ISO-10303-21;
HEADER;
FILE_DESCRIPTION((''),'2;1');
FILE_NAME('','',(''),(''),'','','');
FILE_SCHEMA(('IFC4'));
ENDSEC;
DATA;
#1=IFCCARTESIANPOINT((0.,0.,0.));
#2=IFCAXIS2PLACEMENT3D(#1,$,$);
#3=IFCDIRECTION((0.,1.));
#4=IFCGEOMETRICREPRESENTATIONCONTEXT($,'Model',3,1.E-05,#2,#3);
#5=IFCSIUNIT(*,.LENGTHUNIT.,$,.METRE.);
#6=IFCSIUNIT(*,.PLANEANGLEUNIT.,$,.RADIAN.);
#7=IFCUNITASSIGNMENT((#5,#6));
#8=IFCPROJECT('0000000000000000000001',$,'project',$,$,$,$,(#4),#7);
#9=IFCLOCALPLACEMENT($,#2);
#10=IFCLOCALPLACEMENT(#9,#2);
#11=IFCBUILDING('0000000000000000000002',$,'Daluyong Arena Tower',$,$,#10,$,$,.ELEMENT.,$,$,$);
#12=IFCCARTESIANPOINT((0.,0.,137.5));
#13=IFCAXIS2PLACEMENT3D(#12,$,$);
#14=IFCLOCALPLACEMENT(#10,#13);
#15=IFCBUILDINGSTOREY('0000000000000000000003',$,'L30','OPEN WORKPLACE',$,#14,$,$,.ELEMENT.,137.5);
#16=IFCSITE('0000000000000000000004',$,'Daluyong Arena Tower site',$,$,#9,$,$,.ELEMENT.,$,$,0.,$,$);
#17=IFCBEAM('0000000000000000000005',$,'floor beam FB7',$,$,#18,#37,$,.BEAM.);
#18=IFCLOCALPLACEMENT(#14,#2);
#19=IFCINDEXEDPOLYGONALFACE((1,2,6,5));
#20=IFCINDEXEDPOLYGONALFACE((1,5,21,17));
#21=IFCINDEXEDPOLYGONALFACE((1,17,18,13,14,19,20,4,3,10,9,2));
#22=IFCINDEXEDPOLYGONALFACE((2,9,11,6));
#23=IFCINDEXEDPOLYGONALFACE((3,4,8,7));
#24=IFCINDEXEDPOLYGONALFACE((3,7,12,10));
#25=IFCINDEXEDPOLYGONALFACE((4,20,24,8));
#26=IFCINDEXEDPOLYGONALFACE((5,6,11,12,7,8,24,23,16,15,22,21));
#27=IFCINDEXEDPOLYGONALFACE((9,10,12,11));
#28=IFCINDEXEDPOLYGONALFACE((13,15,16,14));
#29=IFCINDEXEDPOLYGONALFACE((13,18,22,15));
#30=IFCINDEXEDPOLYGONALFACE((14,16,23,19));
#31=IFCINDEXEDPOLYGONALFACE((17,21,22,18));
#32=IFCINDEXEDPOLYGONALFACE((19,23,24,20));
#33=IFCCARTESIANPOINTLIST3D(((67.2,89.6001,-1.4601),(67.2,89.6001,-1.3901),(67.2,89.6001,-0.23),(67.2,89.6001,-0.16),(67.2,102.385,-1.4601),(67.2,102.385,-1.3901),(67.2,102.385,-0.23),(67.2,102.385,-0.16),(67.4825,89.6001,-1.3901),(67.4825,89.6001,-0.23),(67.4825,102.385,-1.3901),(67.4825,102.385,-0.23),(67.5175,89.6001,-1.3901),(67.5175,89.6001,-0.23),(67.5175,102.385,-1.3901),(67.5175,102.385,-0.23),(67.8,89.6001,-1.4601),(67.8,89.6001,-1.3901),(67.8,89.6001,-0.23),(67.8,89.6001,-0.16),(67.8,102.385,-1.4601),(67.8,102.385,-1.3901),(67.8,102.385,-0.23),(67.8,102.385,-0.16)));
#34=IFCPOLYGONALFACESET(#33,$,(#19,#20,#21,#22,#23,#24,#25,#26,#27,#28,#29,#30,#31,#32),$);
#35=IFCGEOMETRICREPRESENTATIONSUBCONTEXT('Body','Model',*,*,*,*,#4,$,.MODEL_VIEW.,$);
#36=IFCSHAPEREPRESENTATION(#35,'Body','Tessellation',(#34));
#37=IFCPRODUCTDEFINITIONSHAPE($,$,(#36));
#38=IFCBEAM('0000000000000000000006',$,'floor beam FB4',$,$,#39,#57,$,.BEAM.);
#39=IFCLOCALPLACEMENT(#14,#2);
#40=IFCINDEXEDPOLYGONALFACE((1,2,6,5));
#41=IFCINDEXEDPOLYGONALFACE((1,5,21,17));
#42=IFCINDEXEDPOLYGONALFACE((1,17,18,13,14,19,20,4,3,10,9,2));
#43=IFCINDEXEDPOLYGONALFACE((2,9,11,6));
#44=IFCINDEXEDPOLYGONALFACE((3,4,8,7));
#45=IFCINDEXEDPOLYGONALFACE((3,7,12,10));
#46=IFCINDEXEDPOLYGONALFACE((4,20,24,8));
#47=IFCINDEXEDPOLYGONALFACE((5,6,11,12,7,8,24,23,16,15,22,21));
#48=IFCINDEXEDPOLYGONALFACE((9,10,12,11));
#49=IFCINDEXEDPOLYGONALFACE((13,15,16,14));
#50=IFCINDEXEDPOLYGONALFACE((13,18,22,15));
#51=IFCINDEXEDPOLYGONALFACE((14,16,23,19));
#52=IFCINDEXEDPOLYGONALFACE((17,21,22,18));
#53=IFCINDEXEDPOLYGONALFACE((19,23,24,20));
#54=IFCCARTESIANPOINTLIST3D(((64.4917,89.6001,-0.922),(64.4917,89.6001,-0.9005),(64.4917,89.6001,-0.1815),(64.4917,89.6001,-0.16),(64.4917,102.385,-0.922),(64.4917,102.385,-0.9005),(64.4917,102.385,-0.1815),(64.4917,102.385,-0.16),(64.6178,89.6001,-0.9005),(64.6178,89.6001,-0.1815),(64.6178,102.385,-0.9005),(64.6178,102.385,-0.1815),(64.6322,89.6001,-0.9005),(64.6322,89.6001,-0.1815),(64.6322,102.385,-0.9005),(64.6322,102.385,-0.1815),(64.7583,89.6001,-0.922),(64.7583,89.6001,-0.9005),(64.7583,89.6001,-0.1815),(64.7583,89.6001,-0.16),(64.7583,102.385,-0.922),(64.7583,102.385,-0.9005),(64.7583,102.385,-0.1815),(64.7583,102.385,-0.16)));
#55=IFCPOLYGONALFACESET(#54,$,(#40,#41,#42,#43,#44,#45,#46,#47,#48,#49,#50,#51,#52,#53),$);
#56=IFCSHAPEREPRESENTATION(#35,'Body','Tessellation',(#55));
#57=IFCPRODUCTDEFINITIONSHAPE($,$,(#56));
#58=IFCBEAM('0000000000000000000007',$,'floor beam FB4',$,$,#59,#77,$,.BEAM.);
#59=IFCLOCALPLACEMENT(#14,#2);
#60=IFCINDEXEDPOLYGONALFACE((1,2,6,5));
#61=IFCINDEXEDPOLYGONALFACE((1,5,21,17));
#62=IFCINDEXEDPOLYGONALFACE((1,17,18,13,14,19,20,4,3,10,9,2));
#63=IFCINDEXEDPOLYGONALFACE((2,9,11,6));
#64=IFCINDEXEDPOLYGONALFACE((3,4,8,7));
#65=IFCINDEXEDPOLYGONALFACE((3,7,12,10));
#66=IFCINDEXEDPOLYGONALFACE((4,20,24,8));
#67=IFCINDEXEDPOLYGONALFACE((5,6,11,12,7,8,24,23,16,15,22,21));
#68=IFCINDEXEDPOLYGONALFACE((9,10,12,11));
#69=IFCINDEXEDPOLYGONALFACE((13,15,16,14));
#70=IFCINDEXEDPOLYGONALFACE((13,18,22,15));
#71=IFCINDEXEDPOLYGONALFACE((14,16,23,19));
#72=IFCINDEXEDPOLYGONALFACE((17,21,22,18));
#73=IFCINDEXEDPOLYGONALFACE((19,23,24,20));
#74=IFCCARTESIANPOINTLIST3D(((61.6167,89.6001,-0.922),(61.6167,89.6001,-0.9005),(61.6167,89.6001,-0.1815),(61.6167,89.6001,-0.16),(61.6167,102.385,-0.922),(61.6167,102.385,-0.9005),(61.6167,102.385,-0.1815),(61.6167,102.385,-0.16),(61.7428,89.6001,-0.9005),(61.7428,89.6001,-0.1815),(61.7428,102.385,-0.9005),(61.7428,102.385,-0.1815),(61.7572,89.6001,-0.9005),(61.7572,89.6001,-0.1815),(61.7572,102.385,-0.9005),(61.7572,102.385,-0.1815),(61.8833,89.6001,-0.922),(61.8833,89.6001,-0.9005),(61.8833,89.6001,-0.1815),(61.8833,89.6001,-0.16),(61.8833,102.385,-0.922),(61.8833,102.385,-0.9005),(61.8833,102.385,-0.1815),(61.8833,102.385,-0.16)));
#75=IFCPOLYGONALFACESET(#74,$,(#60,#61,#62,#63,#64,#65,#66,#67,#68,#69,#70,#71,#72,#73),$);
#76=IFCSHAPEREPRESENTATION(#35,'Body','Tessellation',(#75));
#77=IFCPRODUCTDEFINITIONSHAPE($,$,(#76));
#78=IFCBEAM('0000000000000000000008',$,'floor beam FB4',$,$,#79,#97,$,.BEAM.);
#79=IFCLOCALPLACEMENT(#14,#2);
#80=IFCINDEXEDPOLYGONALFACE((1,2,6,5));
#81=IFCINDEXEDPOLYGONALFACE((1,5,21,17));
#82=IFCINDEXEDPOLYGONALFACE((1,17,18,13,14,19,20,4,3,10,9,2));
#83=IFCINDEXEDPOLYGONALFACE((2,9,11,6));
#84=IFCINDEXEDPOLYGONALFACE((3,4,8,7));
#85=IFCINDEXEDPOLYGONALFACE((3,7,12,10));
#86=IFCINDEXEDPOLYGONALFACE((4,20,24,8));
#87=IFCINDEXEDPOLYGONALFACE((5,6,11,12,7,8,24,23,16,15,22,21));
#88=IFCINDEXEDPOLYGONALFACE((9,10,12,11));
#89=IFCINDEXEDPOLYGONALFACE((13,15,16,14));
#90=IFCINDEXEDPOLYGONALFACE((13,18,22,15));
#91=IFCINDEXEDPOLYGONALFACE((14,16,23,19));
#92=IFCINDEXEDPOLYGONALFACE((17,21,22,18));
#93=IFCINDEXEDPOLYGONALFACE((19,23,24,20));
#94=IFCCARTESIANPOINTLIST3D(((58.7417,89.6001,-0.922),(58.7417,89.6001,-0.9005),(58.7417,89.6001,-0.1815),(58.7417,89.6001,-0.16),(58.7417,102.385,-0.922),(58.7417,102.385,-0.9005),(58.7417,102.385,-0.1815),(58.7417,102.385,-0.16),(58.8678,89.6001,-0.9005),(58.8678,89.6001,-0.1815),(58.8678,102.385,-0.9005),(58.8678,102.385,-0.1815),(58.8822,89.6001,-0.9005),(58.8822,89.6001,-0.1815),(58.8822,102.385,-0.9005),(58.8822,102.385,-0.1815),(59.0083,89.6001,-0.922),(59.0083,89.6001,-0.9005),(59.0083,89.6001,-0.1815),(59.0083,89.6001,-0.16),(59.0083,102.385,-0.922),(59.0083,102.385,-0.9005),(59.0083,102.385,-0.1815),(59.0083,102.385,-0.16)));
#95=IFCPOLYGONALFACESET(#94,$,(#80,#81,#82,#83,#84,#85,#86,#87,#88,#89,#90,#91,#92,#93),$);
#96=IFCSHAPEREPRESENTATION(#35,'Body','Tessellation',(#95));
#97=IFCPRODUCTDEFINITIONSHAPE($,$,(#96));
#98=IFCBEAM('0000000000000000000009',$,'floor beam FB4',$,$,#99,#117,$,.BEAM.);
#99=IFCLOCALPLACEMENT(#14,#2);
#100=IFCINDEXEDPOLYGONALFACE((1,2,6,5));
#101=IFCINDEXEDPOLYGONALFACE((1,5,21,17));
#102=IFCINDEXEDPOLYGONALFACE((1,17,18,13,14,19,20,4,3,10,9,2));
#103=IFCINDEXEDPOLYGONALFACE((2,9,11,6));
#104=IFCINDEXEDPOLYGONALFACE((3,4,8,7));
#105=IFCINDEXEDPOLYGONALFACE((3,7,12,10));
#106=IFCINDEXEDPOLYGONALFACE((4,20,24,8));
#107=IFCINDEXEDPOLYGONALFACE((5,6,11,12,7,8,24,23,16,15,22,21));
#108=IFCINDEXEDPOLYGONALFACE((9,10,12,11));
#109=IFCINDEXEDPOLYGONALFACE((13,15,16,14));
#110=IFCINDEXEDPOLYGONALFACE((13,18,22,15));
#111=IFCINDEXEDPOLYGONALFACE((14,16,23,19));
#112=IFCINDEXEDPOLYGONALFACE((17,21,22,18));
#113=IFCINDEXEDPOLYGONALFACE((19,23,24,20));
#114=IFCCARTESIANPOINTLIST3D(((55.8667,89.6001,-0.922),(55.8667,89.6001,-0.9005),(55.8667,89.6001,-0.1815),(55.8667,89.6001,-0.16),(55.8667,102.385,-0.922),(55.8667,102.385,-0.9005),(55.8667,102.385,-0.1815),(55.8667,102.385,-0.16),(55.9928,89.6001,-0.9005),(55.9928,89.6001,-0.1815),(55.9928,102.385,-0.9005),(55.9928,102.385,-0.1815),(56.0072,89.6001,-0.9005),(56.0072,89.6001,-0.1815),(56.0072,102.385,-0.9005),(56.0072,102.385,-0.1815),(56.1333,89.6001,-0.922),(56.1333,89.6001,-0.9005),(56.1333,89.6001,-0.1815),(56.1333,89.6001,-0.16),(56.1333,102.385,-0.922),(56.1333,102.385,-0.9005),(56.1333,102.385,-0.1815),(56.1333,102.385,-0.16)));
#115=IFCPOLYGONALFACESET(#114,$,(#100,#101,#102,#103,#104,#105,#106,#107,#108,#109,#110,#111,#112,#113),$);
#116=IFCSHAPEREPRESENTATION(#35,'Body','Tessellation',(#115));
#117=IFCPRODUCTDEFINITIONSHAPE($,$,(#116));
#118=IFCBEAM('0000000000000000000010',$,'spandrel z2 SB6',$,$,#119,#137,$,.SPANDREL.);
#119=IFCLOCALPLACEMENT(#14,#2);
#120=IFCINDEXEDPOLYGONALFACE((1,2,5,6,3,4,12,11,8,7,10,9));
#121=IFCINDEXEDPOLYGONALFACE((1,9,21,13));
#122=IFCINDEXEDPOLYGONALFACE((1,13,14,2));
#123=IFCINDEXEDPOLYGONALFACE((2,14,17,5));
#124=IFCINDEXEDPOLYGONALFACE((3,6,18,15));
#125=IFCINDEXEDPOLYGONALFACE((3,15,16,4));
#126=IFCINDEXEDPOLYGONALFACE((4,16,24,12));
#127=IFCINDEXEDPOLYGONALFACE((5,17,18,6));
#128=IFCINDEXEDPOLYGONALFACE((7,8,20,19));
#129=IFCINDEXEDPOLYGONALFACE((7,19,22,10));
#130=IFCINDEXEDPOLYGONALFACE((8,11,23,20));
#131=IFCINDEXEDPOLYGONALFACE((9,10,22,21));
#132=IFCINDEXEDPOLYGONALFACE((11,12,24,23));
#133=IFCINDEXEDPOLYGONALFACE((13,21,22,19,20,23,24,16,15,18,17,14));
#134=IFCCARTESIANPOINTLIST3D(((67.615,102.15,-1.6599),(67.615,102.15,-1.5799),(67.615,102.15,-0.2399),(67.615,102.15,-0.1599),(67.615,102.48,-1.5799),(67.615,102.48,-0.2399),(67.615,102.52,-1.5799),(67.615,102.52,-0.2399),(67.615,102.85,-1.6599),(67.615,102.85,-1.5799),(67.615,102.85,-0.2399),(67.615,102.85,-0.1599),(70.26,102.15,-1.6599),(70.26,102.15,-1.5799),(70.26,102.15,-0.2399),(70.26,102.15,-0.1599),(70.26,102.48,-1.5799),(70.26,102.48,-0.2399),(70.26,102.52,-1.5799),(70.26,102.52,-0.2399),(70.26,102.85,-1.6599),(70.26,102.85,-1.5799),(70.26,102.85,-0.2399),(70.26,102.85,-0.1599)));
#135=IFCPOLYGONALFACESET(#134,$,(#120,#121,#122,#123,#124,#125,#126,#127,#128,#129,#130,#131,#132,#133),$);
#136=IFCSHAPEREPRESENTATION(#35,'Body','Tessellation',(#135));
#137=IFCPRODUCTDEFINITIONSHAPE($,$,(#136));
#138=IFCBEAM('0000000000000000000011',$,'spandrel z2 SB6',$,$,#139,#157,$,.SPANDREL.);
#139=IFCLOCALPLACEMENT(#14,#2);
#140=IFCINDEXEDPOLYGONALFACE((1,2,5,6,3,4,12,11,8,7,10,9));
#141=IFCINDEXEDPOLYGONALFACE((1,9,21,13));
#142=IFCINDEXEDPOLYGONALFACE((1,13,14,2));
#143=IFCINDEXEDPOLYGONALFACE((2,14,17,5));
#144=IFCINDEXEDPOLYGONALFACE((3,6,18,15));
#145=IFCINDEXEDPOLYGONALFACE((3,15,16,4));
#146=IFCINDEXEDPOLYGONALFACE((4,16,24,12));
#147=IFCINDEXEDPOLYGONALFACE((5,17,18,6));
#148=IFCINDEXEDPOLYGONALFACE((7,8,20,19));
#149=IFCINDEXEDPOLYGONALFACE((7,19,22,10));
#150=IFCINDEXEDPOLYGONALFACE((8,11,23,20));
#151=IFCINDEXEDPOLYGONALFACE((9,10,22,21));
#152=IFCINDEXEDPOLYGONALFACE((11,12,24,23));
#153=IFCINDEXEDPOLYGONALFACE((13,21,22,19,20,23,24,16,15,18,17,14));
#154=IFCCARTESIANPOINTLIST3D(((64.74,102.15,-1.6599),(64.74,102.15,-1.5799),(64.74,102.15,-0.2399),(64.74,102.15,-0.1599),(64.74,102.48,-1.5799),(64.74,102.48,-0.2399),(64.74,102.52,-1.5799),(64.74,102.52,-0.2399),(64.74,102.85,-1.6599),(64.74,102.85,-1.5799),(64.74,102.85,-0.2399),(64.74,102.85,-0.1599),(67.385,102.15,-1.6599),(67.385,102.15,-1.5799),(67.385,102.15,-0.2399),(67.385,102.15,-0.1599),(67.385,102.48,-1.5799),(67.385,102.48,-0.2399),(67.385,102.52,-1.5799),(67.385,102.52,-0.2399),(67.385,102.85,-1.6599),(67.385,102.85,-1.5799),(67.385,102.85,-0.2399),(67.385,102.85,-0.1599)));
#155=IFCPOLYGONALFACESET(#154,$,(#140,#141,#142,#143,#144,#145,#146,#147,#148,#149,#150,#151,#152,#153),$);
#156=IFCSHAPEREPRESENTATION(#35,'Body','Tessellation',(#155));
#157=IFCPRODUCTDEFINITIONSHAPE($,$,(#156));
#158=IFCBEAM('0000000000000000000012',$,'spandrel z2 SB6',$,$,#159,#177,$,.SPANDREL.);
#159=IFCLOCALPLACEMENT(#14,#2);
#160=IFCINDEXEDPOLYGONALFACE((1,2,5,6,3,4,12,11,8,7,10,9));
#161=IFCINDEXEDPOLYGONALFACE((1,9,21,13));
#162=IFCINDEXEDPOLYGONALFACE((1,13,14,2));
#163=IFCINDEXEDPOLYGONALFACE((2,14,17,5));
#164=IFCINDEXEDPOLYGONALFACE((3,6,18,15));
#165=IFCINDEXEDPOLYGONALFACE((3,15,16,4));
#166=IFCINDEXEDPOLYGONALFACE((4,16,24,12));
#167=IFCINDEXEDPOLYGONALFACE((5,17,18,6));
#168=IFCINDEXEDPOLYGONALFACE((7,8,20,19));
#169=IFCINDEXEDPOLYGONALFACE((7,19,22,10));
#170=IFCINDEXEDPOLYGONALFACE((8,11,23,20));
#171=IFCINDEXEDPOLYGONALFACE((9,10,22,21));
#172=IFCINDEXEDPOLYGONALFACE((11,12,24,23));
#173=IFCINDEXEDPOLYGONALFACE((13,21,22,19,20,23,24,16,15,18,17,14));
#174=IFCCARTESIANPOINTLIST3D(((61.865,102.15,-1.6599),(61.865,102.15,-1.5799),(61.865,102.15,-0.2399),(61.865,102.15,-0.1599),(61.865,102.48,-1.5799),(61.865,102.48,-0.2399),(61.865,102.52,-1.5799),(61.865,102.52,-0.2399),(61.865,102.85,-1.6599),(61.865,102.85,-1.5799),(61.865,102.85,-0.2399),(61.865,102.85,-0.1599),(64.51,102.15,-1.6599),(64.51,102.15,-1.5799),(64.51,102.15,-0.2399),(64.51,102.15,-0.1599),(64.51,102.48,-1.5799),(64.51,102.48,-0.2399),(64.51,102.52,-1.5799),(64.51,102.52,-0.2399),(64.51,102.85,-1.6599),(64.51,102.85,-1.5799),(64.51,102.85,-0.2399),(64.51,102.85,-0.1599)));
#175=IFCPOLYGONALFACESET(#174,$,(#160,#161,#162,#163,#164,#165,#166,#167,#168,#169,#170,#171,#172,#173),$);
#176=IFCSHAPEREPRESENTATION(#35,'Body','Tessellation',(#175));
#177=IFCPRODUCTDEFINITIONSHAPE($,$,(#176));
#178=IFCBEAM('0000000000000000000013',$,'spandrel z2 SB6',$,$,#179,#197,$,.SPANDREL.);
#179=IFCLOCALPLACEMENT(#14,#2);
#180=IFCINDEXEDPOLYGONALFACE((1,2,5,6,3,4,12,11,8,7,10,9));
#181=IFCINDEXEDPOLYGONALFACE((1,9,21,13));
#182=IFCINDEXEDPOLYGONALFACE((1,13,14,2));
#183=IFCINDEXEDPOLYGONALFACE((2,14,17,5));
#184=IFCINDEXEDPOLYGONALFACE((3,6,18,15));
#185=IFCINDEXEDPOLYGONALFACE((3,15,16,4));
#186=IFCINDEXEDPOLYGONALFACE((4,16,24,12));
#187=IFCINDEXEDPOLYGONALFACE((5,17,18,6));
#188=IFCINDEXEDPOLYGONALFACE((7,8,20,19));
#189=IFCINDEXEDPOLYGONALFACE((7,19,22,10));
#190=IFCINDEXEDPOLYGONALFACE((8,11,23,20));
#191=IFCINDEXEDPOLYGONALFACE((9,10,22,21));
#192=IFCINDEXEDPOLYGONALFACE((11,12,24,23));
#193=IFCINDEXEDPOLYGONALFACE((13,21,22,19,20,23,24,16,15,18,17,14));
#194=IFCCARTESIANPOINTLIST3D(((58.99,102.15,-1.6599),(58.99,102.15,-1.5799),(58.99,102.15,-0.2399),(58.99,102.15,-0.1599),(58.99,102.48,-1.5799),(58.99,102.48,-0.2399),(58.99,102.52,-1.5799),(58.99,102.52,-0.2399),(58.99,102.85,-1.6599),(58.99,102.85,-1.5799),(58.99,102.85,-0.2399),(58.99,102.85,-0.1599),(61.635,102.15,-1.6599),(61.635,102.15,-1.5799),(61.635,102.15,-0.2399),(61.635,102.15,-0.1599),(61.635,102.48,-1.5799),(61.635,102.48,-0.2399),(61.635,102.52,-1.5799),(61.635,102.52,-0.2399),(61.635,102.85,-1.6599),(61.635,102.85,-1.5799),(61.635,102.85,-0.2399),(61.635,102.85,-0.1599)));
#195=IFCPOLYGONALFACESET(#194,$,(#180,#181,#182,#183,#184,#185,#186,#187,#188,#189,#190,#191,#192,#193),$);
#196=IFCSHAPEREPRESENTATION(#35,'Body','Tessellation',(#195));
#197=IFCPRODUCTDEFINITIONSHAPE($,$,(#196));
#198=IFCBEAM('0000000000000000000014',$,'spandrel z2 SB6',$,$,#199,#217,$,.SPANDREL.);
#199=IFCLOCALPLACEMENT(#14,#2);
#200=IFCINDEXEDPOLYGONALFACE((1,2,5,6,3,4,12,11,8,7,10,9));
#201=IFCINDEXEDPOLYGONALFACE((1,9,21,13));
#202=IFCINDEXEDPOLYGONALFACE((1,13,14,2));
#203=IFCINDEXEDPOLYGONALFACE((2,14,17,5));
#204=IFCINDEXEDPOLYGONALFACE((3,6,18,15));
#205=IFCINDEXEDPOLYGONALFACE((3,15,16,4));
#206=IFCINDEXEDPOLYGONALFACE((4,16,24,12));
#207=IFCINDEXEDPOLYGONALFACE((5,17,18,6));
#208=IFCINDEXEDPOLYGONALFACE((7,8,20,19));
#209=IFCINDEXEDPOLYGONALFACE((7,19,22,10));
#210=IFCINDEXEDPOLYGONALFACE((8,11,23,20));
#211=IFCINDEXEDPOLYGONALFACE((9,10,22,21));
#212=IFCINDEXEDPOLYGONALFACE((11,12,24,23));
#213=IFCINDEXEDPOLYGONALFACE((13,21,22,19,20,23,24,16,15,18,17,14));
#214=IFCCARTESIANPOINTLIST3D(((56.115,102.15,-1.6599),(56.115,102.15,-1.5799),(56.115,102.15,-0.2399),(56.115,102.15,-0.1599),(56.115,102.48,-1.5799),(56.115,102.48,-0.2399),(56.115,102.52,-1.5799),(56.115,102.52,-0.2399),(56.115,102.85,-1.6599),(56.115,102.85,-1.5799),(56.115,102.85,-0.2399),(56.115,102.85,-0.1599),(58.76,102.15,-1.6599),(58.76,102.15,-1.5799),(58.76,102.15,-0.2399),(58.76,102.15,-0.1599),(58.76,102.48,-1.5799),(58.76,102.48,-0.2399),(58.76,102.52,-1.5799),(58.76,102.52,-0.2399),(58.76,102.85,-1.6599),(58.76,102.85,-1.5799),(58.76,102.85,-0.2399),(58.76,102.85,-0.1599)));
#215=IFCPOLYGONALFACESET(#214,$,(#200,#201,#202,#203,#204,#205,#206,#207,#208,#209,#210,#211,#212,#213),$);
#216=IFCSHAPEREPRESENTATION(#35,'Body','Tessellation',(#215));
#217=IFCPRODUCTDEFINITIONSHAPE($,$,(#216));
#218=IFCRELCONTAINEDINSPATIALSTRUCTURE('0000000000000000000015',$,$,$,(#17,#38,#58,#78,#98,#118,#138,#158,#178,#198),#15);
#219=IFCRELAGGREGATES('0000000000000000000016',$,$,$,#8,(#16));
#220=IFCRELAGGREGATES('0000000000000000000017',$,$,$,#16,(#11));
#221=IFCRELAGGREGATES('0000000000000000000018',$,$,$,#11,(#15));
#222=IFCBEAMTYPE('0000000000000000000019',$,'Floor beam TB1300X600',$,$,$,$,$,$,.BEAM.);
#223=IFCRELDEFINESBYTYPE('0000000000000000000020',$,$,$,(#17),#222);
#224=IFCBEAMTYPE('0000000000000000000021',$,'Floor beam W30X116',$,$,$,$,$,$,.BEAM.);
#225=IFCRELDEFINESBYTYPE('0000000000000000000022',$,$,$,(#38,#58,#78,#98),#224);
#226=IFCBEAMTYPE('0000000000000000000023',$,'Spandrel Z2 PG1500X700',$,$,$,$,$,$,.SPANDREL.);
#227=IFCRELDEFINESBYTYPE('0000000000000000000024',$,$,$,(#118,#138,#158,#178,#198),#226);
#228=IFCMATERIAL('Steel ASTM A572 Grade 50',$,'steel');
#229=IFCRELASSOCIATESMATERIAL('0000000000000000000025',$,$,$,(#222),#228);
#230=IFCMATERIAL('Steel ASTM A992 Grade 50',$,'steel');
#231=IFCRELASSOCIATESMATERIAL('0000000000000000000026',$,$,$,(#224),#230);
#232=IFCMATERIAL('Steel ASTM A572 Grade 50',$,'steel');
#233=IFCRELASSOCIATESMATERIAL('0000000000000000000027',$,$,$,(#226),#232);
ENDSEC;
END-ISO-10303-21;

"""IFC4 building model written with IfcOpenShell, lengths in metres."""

from ifc_helpers import new_model, si_unit, direction, frame, origin, origin_2d, place, context, subcontext, project, spatial, i_section, extrude, material, material_profile, profile_set, type_object, element, save


model = new_model("IFC4")

# Units and contexts
model_context = context("Model", 3, precision=1e-05, world=origin(), true_north=direction((0.0, 1.0)))
body_context = subcontext(model_context, "Body", "Model", "MODEL_VIEW")
ifc_project = project(units=[si_unit("LENGTHUNIT", "METRE"), si_unit("PLANEANGLEUNIT", "RADIAN")], contexts=[model_context])

# Site, building, storey
site_placement = place(None, origin())
site = spatial("IfcSite", under=ifc_project, at=site_placement, Name="Daluyong Arena Tower site", CompositionType="ELEMENT", RefElevation=0.0)
building_placement = place(site_placement, origin())
building = spatial("IfcBuilding", under=site, at=building_placement, Name="Daluyong Arena Tower", CompositionType="ELEMENT")
storey_placement = place(building_placement, frame((0.0, 0.0, 137.5)))
storey = spatial("IfcBuildingStorey", under=building, at=storey_placement, Name="L30", Description="OPEN WORKPLACE", CompositionType="ELEMENT", Elevation=137.5)

# Beams
ifc_material_1 = material(Name="Steel ASTM A572 Grade 50", Category="steel")
ifc_material_profile_1 = material_profile(ifc_material_1, i_section(OverallWidth=0.6001, OverallDepth=1.3, WebThickness=0.035, FlangeThickness=0.07, at=origin_2d()))
ifc_profile_set_1 = profile_set([ifc_material_profile_1], Name="Steel ASTM A572 Grade 50")
beam_type_1 = type_object("IfcBeamType", Name="Floor beam TB1300X600", PredefinedType="BEAM", material=ifc_profile_set_1)
beam_placement = place(storey_placement, frame((67.5, 102.385, -0.8101), z_axis=(0.0, -1.0, 0.0), x_axis=(1.0, 0.0, 0.0)))
element("IfcBeam", 1, at=beam_placement, inside=storey, type_object=beam_type_1, Name="floor beam FB7", PredefinedType="BEAM", context=body_context, shape_type="SweptSolid", body=[
    extrude(i_section(OverallWidth=0.6001, OverallDepth=1.3, WebThickness=0.035, FlangeThickness=0.07, at=origin_2d()), origin(), (0.0, 0.0, 1.0), 12.7849),
])
ifc_material_2 = material(Name="Steel ASTM A992 Grade 50", Category="steel")
ifc_material_profile_2 = material_profile(ifc_material_2, i_section(OverallWidth=0.2666, OverallDepth=0.762, WebThickness=0.0144, FlangeThickness=0.0215, at=origin_2d()))
ifc_profile_set_2 = profile_set([ifc_material_profile_2], Name="Steel ASTM A992 Grade 50")
beam_type_2 = type_object("IfcBeamType", Name="Floor beam W30X116", PredefinedType="BEAM", material=ifc_profile_set_2)
for number, where, z_axis, x_axis, name in (
    (2, (64.625, 102.385, -0.541), (0.0, -1.0, 0.0), (1.0, 0.0, 0.0), "floor beam FB4"),
    (3, (61.75, 102.385, -0.541), (0.0, -1.0, 0.0), (1.0, 0.0, 0.0), "floor beam FB4"),
    (4, (58.875, 102.385, -0.541), (0.0, -1.0, 0.0), (1.0, 0.0, 0.0), "floor beam FB4"),
    (5, (56.0, 102.385, -0.541), (0.0, -1.0, 0.0), (1.0, 0.0, 0.0), "floor beam FB4"),
):
    element("IfcBeam", number, at=place(storey_placement, frame(where, z_axis=z_axis, x_axis=x_axis)), inside=storey, type_object=beam_type_2, Name=name, PredefinedType="BEAM", context=body_context, shape_type="SweptSolid", body=[
        extrude(i_section(OverallWidth=0.2666, OverallDepth=0.762, WebThickness=0.0144, FlangeThickness=0.0215, at=origin_2d()), origin(), (0.0, 0.0, 1.0), 12.7849),
    ])
ifc_material_3 = material(Name="Steel ASTM A572 Grade 50", Category="steel")
ifc_material_profile_3 = material_profile(ifc_material_3, i_section(OverallWidth=0.7, OverallDepth=1.5, WebThickness=0.04, FlangeThickness=0.08, at=origin_2d()))
ifc_profile_set_3 = profile_set([ifc_material_profile_3], Name="Steel ASTM A572 Grade 50")
beam_type_3 = type_object("IfcBeamType", Name="Spandrel Z2 PG1500X700", PredefinedType="SPANDREL", material=ifc_profile_set_3)
for number, where, z_axis, x_axis, name in (
    (6, (70.26, 102.5, -0.9099), (-1.0, 0.0, 0.0), (0.0, -1.0, 0.0), "spandrel z2 SB6"),
    (7, (67.385, 102.5, -0.9099), (-1.0, 0.0, 0.0), (0.0, -1.0, 0.0), "spandrel z2 SB6"),
    (8, (64.51, 102.5, -0.9099), (-1.0, 0.0, 0.0), (0.0, -1.0, 0.0), "spandrel z2 SB6"),
    (9, (61.635, 102.5, -0.9099), (-1.0, 0.0, 0.0), (0.0, -1.0, 0.0), "spandrel z2 SB6"),
    (10, (58.76, 102.5, -0.9099), (-1.0, 0.0, 0.0), (0.0, -1.0, 0.0), "spandrel z2 SB6"),
):
    element("IfcBeam", number, at=place(storey_placement, frame(where, z_axis=z_axis, x_axis=x_axis)), inside=storey, type_object=beam_type_3, Name=name, PredefinedType="SPANDREL", context=body_context, shape_type="SweptSolid", body=[
        extrude(i_section(OverallWidth=0.7, OverallDepth=1.5, WebThickness=0.04, FlangeThickness=0.08, at=origin_2d()), origin(), (0.0, 0.0, 1.0), 2.645),
    ])

save(model, "model.ifc")
